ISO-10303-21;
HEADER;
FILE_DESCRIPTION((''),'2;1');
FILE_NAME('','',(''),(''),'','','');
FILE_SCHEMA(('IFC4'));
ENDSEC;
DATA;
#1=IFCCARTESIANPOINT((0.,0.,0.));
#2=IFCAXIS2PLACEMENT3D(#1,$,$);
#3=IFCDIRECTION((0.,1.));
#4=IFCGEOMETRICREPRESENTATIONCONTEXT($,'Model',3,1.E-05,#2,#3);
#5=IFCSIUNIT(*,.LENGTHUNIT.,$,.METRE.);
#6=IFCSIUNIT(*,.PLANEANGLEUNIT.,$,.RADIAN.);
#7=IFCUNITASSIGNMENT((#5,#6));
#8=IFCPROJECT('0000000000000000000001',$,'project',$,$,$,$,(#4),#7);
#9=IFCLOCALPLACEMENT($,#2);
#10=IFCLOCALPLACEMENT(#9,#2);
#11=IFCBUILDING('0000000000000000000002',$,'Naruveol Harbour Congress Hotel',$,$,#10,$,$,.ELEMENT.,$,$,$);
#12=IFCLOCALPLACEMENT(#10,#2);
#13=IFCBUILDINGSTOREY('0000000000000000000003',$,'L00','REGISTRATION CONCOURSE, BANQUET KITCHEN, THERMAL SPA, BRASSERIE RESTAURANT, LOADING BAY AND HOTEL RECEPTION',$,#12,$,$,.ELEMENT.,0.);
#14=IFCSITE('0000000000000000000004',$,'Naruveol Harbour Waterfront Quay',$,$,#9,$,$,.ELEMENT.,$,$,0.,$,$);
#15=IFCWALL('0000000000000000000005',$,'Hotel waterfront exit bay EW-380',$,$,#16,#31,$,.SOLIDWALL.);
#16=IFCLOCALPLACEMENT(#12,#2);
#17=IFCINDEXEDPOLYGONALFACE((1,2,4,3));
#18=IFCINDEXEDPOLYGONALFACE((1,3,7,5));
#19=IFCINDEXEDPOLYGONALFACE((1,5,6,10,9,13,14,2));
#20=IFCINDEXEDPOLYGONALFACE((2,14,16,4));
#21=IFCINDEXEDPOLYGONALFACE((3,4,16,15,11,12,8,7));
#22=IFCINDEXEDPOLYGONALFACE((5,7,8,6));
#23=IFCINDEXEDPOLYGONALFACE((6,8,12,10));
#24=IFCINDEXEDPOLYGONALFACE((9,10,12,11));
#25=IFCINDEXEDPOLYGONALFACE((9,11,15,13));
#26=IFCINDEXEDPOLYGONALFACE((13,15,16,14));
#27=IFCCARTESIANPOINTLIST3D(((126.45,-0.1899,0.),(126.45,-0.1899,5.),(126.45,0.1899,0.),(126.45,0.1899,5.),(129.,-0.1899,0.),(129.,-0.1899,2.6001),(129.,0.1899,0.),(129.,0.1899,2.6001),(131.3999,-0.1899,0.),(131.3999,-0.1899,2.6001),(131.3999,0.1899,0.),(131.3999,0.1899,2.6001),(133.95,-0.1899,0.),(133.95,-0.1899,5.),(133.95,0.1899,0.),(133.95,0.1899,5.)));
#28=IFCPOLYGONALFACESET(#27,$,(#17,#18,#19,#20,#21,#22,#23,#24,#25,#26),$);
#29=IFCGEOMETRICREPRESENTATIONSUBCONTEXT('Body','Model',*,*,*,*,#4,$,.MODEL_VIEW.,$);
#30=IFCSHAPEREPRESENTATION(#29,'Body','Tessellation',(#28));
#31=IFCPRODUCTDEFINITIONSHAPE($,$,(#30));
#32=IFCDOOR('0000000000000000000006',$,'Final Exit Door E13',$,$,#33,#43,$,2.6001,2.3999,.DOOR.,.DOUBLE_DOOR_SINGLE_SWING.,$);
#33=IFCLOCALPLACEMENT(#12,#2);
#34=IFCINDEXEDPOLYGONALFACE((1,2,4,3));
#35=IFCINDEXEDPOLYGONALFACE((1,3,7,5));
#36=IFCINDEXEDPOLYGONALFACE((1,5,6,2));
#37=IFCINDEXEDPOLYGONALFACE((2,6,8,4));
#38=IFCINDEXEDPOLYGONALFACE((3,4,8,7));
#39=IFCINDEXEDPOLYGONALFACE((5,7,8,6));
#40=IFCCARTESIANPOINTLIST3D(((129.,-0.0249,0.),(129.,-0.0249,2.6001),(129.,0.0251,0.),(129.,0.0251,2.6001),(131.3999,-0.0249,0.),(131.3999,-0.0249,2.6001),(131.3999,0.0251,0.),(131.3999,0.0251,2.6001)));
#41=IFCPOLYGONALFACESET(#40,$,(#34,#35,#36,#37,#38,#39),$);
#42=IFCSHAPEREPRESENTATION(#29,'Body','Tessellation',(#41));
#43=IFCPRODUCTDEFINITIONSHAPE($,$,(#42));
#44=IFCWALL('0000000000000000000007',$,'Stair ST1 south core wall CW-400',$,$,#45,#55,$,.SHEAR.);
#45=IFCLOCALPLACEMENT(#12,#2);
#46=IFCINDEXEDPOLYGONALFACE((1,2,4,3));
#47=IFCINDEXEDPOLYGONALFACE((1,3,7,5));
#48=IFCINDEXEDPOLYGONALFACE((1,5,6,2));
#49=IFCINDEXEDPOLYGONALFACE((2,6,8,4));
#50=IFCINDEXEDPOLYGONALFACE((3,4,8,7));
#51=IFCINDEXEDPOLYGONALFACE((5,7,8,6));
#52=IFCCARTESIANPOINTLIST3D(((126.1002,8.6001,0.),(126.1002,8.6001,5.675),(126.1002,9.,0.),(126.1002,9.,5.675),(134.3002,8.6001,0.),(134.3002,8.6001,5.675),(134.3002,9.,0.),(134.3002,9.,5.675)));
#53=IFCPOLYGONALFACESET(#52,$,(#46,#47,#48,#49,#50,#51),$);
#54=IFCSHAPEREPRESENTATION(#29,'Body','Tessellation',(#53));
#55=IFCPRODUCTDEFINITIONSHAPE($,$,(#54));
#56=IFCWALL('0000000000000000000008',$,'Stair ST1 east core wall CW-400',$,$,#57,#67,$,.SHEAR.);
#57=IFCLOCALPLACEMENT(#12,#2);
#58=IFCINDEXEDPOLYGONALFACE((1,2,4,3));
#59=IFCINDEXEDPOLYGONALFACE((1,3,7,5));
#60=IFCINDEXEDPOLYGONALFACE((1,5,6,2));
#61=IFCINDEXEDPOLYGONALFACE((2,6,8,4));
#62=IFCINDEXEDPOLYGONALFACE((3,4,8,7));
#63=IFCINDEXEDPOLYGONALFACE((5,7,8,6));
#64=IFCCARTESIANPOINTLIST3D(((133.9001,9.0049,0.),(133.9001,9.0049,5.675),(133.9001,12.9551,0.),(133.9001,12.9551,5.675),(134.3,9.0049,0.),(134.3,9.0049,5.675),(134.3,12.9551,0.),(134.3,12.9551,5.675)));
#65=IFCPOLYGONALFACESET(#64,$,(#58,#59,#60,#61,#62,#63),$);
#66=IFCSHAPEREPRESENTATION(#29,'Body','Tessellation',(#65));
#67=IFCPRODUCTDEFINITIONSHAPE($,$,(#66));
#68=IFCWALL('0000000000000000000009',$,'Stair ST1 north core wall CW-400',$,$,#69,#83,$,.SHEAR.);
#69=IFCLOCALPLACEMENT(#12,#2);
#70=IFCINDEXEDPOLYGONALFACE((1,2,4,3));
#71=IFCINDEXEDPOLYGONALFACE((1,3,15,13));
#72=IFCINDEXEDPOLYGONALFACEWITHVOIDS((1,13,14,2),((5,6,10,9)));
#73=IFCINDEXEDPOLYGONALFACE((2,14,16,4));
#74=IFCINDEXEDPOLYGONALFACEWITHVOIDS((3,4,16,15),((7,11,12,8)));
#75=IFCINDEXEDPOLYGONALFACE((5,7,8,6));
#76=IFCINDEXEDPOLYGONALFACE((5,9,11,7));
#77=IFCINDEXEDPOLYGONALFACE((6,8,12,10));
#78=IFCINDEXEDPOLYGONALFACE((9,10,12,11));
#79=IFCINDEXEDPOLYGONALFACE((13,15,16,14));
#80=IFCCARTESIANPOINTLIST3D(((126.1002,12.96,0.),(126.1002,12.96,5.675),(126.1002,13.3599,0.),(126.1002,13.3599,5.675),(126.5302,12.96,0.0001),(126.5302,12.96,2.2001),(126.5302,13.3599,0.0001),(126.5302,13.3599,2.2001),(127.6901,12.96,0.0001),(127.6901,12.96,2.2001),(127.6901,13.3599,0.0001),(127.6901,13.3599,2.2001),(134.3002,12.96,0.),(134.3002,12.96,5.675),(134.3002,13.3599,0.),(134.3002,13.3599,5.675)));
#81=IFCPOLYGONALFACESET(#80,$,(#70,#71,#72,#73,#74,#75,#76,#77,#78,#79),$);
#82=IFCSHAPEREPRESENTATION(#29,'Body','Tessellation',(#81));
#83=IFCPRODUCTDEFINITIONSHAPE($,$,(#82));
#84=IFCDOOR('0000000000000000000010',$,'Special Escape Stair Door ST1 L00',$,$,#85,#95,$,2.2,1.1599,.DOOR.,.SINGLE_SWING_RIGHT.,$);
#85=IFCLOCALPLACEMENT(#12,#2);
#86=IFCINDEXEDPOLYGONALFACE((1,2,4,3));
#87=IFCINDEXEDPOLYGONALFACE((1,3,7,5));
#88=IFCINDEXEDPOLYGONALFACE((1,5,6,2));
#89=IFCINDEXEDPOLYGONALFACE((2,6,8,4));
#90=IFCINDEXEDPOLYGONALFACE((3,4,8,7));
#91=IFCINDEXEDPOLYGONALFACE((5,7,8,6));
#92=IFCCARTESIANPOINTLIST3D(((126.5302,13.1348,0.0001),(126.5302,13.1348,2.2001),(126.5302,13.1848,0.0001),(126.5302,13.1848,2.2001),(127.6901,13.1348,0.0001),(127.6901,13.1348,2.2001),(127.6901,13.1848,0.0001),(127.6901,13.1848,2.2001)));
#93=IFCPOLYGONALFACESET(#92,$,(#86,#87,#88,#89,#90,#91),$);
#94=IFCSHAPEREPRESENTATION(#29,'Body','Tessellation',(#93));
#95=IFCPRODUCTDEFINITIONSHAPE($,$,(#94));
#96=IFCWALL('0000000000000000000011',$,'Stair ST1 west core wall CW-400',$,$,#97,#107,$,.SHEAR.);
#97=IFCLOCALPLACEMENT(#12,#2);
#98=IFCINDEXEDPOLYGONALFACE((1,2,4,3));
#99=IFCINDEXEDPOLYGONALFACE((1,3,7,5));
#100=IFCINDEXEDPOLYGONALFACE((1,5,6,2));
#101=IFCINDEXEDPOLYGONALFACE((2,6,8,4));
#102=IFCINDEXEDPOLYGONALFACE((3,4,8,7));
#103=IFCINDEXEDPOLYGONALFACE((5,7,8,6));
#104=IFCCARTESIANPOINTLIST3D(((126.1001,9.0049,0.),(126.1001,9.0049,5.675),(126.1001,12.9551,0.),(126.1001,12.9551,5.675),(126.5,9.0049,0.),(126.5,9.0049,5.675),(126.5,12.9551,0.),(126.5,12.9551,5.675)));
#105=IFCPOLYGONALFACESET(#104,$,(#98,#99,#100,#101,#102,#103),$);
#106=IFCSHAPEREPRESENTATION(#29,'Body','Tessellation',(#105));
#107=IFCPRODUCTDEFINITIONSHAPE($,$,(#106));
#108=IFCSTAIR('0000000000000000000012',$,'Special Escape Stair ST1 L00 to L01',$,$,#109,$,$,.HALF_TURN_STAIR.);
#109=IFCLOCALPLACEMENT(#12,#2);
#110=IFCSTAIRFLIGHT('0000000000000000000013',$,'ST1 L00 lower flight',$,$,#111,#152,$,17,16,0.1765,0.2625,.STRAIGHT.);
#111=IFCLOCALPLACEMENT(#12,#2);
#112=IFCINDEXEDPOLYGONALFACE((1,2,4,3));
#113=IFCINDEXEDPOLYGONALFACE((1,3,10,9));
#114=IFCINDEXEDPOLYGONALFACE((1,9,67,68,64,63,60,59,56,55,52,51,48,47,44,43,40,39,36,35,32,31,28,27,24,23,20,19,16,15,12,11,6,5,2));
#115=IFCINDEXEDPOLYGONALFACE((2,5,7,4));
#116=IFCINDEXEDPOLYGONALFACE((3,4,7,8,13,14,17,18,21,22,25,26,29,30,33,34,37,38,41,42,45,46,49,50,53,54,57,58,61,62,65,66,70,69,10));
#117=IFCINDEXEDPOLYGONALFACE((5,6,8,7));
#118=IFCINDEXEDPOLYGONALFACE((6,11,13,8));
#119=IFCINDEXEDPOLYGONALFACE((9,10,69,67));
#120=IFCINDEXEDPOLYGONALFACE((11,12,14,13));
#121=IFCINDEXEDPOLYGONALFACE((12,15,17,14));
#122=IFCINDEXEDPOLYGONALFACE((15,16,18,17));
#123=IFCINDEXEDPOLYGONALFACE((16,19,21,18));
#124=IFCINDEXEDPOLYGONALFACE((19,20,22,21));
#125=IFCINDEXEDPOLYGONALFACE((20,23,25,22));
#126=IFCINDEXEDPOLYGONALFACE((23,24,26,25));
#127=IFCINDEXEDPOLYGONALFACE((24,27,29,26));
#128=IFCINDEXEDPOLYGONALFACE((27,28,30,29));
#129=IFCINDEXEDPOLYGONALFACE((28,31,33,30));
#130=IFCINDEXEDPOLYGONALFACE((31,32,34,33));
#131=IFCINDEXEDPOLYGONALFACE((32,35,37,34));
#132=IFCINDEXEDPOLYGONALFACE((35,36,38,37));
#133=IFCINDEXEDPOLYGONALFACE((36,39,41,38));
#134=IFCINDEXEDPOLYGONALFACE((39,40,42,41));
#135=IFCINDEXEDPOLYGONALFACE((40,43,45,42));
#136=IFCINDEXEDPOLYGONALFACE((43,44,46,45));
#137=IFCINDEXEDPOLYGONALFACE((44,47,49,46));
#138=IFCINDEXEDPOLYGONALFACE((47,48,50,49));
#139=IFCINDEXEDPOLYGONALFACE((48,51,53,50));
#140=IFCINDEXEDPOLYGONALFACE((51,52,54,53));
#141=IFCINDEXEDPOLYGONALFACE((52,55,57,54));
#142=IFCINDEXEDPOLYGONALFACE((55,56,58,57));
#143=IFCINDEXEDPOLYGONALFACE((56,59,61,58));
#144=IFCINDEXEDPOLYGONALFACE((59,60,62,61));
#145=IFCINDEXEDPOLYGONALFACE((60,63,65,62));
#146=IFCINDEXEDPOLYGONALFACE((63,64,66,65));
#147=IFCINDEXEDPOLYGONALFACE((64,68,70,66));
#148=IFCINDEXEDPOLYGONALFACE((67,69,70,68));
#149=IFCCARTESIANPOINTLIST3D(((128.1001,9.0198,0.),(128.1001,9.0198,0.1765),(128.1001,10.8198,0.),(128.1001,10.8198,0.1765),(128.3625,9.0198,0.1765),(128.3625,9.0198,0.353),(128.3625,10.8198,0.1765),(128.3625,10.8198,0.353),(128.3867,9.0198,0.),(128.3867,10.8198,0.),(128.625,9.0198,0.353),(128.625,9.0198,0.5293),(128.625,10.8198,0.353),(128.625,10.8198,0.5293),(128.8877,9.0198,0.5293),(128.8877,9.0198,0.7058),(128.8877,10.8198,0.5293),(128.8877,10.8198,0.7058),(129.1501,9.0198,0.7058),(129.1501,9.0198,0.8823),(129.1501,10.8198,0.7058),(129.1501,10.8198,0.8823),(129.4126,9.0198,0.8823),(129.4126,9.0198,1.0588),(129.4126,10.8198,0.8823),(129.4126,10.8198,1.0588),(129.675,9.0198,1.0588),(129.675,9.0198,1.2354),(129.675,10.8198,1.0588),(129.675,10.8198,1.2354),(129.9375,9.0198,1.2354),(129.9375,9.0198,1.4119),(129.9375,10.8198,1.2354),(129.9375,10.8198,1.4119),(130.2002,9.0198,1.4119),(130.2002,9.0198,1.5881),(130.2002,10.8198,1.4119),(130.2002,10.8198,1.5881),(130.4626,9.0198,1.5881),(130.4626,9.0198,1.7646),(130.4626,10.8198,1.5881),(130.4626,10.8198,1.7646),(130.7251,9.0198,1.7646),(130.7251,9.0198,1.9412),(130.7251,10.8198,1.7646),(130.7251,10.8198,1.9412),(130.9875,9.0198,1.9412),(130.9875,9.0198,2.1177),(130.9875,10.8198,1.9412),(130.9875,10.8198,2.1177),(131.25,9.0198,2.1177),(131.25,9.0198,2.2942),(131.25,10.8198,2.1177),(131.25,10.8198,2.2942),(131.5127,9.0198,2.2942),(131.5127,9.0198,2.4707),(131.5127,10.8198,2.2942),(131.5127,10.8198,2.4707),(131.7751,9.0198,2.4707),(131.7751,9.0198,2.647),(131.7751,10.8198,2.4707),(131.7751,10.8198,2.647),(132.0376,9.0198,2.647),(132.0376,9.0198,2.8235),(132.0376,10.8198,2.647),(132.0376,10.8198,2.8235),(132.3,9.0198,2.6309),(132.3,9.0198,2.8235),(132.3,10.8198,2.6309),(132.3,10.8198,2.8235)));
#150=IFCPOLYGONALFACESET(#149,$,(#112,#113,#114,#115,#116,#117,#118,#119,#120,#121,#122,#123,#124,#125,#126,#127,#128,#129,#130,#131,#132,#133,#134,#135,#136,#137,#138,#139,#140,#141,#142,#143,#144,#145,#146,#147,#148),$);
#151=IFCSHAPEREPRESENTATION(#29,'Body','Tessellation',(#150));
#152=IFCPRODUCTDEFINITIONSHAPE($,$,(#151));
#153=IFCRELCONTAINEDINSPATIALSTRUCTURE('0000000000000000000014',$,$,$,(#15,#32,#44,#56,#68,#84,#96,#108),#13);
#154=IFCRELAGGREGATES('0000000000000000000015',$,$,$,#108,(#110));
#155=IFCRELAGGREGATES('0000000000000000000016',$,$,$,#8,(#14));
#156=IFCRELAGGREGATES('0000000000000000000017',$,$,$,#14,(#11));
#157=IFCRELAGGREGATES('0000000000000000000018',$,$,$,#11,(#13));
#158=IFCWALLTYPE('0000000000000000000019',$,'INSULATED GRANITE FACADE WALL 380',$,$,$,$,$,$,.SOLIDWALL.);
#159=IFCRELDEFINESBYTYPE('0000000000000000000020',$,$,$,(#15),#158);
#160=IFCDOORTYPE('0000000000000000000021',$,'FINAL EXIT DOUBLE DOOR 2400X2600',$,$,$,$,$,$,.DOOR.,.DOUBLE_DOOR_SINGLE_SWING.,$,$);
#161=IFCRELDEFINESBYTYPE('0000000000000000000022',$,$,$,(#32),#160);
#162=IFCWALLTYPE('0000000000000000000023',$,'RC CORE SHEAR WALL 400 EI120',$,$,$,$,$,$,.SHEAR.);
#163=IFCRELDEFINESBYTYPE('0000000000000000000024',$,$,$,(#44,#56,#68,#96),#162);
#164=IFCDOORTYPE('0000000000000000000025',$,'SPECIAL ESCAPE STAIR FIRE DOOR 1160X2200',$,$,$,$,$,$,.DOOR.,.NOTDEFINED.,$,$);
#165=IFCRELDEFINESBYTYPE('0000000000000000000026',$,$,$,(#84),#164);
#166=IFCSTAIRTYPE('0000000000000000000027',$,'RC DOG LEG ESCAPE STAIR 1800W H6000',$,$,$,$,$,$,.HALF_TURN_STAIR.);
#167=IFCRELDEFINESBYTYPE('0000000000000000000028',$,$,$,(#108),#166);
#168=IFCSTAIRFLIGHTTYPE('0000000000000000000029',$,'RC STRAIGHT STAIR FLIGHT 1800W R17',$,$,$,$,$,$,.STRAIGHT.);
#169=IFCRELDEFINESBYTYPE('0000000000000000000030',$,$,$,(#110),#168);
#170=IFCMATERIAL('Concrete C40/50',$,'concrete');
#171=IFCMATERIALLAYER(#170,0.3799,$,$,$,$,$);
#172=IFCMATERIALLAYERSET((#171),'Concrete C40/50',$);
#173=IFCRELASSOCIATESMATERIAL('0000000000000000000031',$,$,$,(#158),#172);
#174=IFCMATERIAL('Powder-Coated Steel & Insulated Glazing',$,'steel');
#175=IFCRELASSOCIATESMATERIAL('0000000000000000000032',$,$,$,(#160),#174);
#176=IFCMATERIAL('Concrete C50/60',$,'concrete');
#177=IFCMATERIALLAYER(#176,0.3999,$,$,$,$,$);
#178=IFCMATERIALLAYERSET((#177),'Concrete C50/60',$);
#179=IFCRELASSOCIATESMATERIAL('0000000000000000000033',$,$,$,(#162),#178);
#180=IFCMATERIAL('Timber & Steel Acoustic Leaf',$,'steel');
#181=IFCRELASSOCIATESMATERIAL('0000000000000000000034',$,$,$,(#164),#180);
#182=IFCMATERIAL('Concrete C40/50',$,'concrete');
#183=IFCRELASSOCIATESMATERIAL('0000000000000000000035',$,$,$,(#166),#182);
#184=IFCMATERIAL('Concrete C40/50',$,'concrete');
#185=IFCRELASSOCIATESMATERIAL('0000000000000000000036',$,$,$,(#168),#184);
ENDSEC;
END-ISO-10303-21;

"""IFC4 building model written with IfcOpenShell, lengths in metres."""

from ifc_helpers import new_model, si_unit, direction, frame, frame_2d, origin, place, context, subcontext, project, spatial, polyline, rectangle, outline, extrude, material, layer, layer_set, type_object, element, fill, aggregate, save


model = new_model("IFC4")

# Units and contexts
model_context = context("Model", 3, precision=1e-05, world=origin(), true_north=direction((0.0, 1.0)))
body_context = subcontext(model_context, "Body", "Model", "MODEL_VIEW")
ifc_project = project(units=[si_unit("LENGTHUNIT", "METRE"), si_unit("PLANEANGLEUNIT", "RADIAN")], contexts=[model_context])

# Site, building, storey
site_placement = place(None, origin())
site = spatial("IfcSite", under=ifc_project, at=site_placement, Name="Naruveol Harbour Waterfront Quay", CompositionType="ELEMENT", RefElevation=0.0)
building_placement = place(site_placement, origin())
building = spatial("IfcBuilding", under=site, at=building_placement, Name="Naruveol Harbour Congress Hotel", CompositionType="ELEMENT")
storey_placement = place(building_placement, origin())
storey = spatial("IfcBuildingStorey", under=building, at=storey_placement, Name="L00", Description="REGISTRATION CONCOURSE, BANQUET KITCHEN, THERMAL SPA, BRASSERIE RESTAURANT, LOADING BAY AND HOTEL RECEPTION", CompositionType="ELEMENT", Elevation=0.0)

# Wall, opening, door
ifc_material_1 = material(Name="Concrete C40/50", Category="concrete")
ifc_layer_1 = layer(ifc_material_1, 0.3799)
ifc_layer_set_1 = layer_set([ifc_layer_1], Name="Concrete C40/50")
wall_type_1 = type_object("IfcWallType", Name="INSULATED GRANITE FACADE WALL 380", PredefinedType="SOLIDWALL", material=ifc_layer_set_1)
wall_1_placement = place(storey_placement, frame((133.95, 0.0, 0.0), z_axis=(0.0, 0.0, 1.0), x_axis=(-1.0, 0.0, 0.0)))
wall_1 = element("IfcWall", 1, at=wall_1_placement, inside=storey, type_object=wall_type_1, Name="Hotel waterfront exit bay EW-380", PredefinedType="SOLIDWALL", context=body_context, shape_type="SweptSolid", body=[
    extrude(rectangle(XDim=7.5, YDim=0.3799, at=frame_2d((3.75, 0.0))), origin(), (0.0, 0.0, 1.0), 5.0),
])
opening_1_placement = place(wall_1_placement, frame((2.55, 0.0, 0.0)))
opening_1 = element("IfcOpeningElement", 2, at=opening_1_placement, cuts=wall_1, PredefinedType="OPENING", context=body_context, shape_type="SweptSolid", body=[
    extrude(rectangle(XDim=2.3999, YDim=2.6001, at=frame_2d((1.2, 1.3))), frame((0.0, 0.2, 0.0), z_axis=(0.0, -1.0, 0.0), x_axis=(1.0, 0.0, 0.0)), (0.0, 0.0, 1.0), 0.3999),
])
ifc_material_2 = material(Name="Powder-Coated Steel & Insulated Glazing", Category="steel")
door_type_1 = type_object("IfcDoorType", Name="FINAL EXIT DOUBLE DOOR 2400X2600", OperationType="DOUBLE_DOOR_SINGLE_SWING", PredefinedType="DOOR", material=ifc_material_2)
door_1_placement = place(opening_1_placement, origin())
door_1 = element("IfcDoor", 3, at=door_1_placement, inside=storey, type_object=door_type_1, Name="Final Exit Door E13", OperationType="DOUBLE_DOOR_SINGLE_SWING", OverallHeight=2.6001, OverallWidth=2.3999, PredefinedType="DOOR", context=body_context, shape_type="SweptSolid", body=[
    extrude(rectangle(XDim=2.3999, YDim=2.6001, at=frame_2d((1.2, 1.3))), frame((0.0, 0.0249, 0.0), z_axis=(0.0, -1.0, 0.0), x_axis=(1.0, 0.0, 0.0)), (0.0, 0.0, 1.0), 0.05),
])
fill(opening_1, door_1)

# Walls
ifc_material_3 = material(Name="Concrete C50/60", Category="concrete")
ifc_layer_2 = layer(ifc_material_3, 0.3999)
ifc_layer_set_2 = layer_set([ifc_layer_2], Name="Concrete C50/60")
wall_type_2 = type_object("IfcWallType", Name="RC CORE SHEAR WALL 400 EI120", PredefinedType="SHEAR", material=ifc_layer_set_2)
wall_2_placement = place(storey_placement, frame((126.1001, 8.8, 0.0), z_axis=(0.0, 0.0, 1.0), x_axis=(1.0, 0.0, 0.0)))
element("IfcWall", 4, at=wall_2_placement, inside=storey, type_object=wall_type_2, Name="Stair ST1 south core wall CW-400", PredefinedType="SHEAR", context=body_context, shape_type="SweptSolid", body=[
    extrude(rectangle(XDim=8.2, YDim=0.3999, at=frame_2d((4.1001, 0.0))), origin(), (0.0, 0.0, 1.0), 5.675),
])
wall_3_placement = place(storey_placement, frame((134.1001, 9.0049, 0.0), z_axis=(0.0, 0.0, 1.0), x_axis=(0.0, 1.0, 0.0)))
element("IfcWall", 5, at=wall_3_placement, inside=storey, type_object=wall_type_2, Name="Stair ST1 east core wall CW-400", PredefinedType="SHEAR", context=body_context, shape_type="SweptSolid", body=[
    extrude(rectangle(XDim=3.9502, YDim=0.3999, at=frame_2d((1.9751, 0.0))), origin(), (0.0, 0.0, 1.0), 5.675),
])

# Wall, opening, door
wall_4_placement = place(storey_placement, frame((126.1001, 13.1599, 0.0), z_axis=(0.0, 0.0, 1.0), x_axis=(1.0, 0.0, 0.0)))
wall_4 = element("IfcWall", 6, at=wall_4_placement, inside=storey, type_object=wall_type_2, Name="Stair ST1 north core wall CW-400", PredefinedType="SHEAR", context=body_context, shape_type="SweptSolid", body=[
    extrude(rectangle(XDim=8.2, YDim=0.3999, at=frame_2d((4.1001, 0.0))), origin(), (0.0, 0.0, 1.0), 5.675),
])
opening_2_placement = place(wall_4_placement, frame((0.4299, 0.0, 0.0)))
opening_2 = element("IfcOpeningElement", 7, at=opening_2_placement, cuts=wall_4, PredefinedType="OPENING", context=body_context, shape_type="SweptSolid", body=[
    extrude(rectangle(XDim=1.1599, YDim=2.2, at=frame_2d((0.5801, 1.1001))), frame((0.0, 0.21, 0.0), z_axis=(0.0, -1.0, 0.0), x_axis=(1.0, 0.0, 0.0)), (0.0, 0.0, 1.0), 0.4199),
])
ifc_material_4 = material(Name="Timber & Steel Acoustic Leaf", Category="steel")
door_type_2 = type_object("IfcDoorType", Name="SPECIAL ESCAPE STAIR FIRE DOOR 1160X2200", OperationType="NOTDEFINED", PredefinedType="DOOR", material=ifc_material_4)
door_2_placement = place(opening_2_placement, origin())
door_2 = element("IfcDoor", 8, at=door_2_placement, inside=storey, type_object=door_type_2, Name="Special Escape Stair Door ST1 L00", OperationType="SINGLE_SWING_RIGHT", OverallHeight=2.2, OverallWidth=1.1599, PredefinedType="DOOR", context=body_context, shape_type="SweptSolid", body=[
    extrude(rectangle(XDim=1.1599, YDim=2.2, at=frame_2d((0.5801, 1.1001))), frame((0.0, 0.0249, 0.0), z_axis=(0.0, -1.0, 0.0), x_axis=(1.0, 0.0, 0.0)), (0.0, 0.0, 1.0), 0.05),
])
fill(opening_2, door_2)

# Wall
wall_5_placement = place(storey_placement, frame((126.3, 9.0049, 0.0), z_axis=(0.0, 0.0, 1.0), x_axis=(0.0, 1.0, 0.0)))
element("IfcWall", 9, at=wall_5_placement, inside=storey, type_object=wall_type_2, Name="Stair ST1 west core wall CW-400", PredefinedType="SHEAR", context=body_context, shape_type="SweptSolid", body=[
    extrude(rectangle(XDim=3.9502, YDim=0.3999, at=frame_2d((1.9751, 0.0))), origin(), (0.0, 0.0, 1.0), 5.675),
])

# Stair, stair flight
ifc_material_5 = material(Name="Concrete C40/50", Category="concrete")
stair_type = type_object("IfcStairType", Name="RC DOG LEG ESCAPE STAIR 1800W H6000", PredefinedType="HALF_TURN_STAIR", material=ifc_material_5)
stair_placement = place(storey_placement, origin())
stair = element("IfcStair", 10, at=stair_placement, inside=storey, type_object=stair_type, Name="Special Escape Stair ST1 L00 to L01", PredefinedType="HALF_TURN_STAIR")
ifc_material_6 = material(Name="Concrete C40/50", Category="concrete")
stair_flight_type = type_object("IfcStairFlightType", Name="RC STRAIGHT STAIR FLIGHT 1800W R17", PredefinedType="STRAIGHT", material=ifc_material_6)
stair_flight_1_placement = place(storey_placement, frame((128.1001, 9.9199, 0.0), z_axis=(0.0, 0.0, 1.0), x_axis=(1.0, 0.0, 0.0)))
stair_flight_1 = element("IfcStairFlight", 11, at=stair_flight_1_placement, type_object=stair_flight_type, Name="ST1 L00 lower flight", NumberOfRisers=17, NumberOfTreads=16, PredefinedType="STRAIGHT", RiserHeight=0.1765, TreadLength=0.2625, context=body_context, shape_type="SweptSolid", body=[
    extrude(outline(polyline([(0.0, 0.0), (0.0, 0.1765), (0.2625, 0.1765), (0.2625, 0.353), (0.5249, 0.353), (0.5249, 0.5293), (0.7876, 0.5293), (0.7876, 0.7058), (1.05, 0.7058), (1.05, 0.8823), (1.3125, 0.8823), (1.3125, 1.0588), (1.575, 1.0588), (1.575, 1.2354), (1.8374, 1.2354), (1.8374, 1.4119), (2.1001, 1.4119), (2.1001, 1.5881), (2.3625, 1.5881), (2.3625, 1.7646), (2.625, 1.7646), (2.625, 1.9412), (2.8875, 1.9412), (2.8875, 2.1177), (3.1499, 2.1177), (3.1499, 2.2942), (3.4126, 2.2942), (3.4126, 2.4707), (3.675, 2.4707), (3.675, 2.647), (3.9375, 2.647), (3.9375, 2.8235), (4.2, 2.8235), (4.2, 3.0), (4.2, 2.6309), (0.2866, 0.0), (0.0, 0.0)])), frame((0.0, 0.8999, 0.0), z_axis=(0.0, -1.0, 0.0), x_axis=(1.0, 0.0, 0.0)), (0.0, 0.0, 1.0), 1.8),
])
aggregate(stair, [stair_flight_1])

save(model, "model.ifc")
